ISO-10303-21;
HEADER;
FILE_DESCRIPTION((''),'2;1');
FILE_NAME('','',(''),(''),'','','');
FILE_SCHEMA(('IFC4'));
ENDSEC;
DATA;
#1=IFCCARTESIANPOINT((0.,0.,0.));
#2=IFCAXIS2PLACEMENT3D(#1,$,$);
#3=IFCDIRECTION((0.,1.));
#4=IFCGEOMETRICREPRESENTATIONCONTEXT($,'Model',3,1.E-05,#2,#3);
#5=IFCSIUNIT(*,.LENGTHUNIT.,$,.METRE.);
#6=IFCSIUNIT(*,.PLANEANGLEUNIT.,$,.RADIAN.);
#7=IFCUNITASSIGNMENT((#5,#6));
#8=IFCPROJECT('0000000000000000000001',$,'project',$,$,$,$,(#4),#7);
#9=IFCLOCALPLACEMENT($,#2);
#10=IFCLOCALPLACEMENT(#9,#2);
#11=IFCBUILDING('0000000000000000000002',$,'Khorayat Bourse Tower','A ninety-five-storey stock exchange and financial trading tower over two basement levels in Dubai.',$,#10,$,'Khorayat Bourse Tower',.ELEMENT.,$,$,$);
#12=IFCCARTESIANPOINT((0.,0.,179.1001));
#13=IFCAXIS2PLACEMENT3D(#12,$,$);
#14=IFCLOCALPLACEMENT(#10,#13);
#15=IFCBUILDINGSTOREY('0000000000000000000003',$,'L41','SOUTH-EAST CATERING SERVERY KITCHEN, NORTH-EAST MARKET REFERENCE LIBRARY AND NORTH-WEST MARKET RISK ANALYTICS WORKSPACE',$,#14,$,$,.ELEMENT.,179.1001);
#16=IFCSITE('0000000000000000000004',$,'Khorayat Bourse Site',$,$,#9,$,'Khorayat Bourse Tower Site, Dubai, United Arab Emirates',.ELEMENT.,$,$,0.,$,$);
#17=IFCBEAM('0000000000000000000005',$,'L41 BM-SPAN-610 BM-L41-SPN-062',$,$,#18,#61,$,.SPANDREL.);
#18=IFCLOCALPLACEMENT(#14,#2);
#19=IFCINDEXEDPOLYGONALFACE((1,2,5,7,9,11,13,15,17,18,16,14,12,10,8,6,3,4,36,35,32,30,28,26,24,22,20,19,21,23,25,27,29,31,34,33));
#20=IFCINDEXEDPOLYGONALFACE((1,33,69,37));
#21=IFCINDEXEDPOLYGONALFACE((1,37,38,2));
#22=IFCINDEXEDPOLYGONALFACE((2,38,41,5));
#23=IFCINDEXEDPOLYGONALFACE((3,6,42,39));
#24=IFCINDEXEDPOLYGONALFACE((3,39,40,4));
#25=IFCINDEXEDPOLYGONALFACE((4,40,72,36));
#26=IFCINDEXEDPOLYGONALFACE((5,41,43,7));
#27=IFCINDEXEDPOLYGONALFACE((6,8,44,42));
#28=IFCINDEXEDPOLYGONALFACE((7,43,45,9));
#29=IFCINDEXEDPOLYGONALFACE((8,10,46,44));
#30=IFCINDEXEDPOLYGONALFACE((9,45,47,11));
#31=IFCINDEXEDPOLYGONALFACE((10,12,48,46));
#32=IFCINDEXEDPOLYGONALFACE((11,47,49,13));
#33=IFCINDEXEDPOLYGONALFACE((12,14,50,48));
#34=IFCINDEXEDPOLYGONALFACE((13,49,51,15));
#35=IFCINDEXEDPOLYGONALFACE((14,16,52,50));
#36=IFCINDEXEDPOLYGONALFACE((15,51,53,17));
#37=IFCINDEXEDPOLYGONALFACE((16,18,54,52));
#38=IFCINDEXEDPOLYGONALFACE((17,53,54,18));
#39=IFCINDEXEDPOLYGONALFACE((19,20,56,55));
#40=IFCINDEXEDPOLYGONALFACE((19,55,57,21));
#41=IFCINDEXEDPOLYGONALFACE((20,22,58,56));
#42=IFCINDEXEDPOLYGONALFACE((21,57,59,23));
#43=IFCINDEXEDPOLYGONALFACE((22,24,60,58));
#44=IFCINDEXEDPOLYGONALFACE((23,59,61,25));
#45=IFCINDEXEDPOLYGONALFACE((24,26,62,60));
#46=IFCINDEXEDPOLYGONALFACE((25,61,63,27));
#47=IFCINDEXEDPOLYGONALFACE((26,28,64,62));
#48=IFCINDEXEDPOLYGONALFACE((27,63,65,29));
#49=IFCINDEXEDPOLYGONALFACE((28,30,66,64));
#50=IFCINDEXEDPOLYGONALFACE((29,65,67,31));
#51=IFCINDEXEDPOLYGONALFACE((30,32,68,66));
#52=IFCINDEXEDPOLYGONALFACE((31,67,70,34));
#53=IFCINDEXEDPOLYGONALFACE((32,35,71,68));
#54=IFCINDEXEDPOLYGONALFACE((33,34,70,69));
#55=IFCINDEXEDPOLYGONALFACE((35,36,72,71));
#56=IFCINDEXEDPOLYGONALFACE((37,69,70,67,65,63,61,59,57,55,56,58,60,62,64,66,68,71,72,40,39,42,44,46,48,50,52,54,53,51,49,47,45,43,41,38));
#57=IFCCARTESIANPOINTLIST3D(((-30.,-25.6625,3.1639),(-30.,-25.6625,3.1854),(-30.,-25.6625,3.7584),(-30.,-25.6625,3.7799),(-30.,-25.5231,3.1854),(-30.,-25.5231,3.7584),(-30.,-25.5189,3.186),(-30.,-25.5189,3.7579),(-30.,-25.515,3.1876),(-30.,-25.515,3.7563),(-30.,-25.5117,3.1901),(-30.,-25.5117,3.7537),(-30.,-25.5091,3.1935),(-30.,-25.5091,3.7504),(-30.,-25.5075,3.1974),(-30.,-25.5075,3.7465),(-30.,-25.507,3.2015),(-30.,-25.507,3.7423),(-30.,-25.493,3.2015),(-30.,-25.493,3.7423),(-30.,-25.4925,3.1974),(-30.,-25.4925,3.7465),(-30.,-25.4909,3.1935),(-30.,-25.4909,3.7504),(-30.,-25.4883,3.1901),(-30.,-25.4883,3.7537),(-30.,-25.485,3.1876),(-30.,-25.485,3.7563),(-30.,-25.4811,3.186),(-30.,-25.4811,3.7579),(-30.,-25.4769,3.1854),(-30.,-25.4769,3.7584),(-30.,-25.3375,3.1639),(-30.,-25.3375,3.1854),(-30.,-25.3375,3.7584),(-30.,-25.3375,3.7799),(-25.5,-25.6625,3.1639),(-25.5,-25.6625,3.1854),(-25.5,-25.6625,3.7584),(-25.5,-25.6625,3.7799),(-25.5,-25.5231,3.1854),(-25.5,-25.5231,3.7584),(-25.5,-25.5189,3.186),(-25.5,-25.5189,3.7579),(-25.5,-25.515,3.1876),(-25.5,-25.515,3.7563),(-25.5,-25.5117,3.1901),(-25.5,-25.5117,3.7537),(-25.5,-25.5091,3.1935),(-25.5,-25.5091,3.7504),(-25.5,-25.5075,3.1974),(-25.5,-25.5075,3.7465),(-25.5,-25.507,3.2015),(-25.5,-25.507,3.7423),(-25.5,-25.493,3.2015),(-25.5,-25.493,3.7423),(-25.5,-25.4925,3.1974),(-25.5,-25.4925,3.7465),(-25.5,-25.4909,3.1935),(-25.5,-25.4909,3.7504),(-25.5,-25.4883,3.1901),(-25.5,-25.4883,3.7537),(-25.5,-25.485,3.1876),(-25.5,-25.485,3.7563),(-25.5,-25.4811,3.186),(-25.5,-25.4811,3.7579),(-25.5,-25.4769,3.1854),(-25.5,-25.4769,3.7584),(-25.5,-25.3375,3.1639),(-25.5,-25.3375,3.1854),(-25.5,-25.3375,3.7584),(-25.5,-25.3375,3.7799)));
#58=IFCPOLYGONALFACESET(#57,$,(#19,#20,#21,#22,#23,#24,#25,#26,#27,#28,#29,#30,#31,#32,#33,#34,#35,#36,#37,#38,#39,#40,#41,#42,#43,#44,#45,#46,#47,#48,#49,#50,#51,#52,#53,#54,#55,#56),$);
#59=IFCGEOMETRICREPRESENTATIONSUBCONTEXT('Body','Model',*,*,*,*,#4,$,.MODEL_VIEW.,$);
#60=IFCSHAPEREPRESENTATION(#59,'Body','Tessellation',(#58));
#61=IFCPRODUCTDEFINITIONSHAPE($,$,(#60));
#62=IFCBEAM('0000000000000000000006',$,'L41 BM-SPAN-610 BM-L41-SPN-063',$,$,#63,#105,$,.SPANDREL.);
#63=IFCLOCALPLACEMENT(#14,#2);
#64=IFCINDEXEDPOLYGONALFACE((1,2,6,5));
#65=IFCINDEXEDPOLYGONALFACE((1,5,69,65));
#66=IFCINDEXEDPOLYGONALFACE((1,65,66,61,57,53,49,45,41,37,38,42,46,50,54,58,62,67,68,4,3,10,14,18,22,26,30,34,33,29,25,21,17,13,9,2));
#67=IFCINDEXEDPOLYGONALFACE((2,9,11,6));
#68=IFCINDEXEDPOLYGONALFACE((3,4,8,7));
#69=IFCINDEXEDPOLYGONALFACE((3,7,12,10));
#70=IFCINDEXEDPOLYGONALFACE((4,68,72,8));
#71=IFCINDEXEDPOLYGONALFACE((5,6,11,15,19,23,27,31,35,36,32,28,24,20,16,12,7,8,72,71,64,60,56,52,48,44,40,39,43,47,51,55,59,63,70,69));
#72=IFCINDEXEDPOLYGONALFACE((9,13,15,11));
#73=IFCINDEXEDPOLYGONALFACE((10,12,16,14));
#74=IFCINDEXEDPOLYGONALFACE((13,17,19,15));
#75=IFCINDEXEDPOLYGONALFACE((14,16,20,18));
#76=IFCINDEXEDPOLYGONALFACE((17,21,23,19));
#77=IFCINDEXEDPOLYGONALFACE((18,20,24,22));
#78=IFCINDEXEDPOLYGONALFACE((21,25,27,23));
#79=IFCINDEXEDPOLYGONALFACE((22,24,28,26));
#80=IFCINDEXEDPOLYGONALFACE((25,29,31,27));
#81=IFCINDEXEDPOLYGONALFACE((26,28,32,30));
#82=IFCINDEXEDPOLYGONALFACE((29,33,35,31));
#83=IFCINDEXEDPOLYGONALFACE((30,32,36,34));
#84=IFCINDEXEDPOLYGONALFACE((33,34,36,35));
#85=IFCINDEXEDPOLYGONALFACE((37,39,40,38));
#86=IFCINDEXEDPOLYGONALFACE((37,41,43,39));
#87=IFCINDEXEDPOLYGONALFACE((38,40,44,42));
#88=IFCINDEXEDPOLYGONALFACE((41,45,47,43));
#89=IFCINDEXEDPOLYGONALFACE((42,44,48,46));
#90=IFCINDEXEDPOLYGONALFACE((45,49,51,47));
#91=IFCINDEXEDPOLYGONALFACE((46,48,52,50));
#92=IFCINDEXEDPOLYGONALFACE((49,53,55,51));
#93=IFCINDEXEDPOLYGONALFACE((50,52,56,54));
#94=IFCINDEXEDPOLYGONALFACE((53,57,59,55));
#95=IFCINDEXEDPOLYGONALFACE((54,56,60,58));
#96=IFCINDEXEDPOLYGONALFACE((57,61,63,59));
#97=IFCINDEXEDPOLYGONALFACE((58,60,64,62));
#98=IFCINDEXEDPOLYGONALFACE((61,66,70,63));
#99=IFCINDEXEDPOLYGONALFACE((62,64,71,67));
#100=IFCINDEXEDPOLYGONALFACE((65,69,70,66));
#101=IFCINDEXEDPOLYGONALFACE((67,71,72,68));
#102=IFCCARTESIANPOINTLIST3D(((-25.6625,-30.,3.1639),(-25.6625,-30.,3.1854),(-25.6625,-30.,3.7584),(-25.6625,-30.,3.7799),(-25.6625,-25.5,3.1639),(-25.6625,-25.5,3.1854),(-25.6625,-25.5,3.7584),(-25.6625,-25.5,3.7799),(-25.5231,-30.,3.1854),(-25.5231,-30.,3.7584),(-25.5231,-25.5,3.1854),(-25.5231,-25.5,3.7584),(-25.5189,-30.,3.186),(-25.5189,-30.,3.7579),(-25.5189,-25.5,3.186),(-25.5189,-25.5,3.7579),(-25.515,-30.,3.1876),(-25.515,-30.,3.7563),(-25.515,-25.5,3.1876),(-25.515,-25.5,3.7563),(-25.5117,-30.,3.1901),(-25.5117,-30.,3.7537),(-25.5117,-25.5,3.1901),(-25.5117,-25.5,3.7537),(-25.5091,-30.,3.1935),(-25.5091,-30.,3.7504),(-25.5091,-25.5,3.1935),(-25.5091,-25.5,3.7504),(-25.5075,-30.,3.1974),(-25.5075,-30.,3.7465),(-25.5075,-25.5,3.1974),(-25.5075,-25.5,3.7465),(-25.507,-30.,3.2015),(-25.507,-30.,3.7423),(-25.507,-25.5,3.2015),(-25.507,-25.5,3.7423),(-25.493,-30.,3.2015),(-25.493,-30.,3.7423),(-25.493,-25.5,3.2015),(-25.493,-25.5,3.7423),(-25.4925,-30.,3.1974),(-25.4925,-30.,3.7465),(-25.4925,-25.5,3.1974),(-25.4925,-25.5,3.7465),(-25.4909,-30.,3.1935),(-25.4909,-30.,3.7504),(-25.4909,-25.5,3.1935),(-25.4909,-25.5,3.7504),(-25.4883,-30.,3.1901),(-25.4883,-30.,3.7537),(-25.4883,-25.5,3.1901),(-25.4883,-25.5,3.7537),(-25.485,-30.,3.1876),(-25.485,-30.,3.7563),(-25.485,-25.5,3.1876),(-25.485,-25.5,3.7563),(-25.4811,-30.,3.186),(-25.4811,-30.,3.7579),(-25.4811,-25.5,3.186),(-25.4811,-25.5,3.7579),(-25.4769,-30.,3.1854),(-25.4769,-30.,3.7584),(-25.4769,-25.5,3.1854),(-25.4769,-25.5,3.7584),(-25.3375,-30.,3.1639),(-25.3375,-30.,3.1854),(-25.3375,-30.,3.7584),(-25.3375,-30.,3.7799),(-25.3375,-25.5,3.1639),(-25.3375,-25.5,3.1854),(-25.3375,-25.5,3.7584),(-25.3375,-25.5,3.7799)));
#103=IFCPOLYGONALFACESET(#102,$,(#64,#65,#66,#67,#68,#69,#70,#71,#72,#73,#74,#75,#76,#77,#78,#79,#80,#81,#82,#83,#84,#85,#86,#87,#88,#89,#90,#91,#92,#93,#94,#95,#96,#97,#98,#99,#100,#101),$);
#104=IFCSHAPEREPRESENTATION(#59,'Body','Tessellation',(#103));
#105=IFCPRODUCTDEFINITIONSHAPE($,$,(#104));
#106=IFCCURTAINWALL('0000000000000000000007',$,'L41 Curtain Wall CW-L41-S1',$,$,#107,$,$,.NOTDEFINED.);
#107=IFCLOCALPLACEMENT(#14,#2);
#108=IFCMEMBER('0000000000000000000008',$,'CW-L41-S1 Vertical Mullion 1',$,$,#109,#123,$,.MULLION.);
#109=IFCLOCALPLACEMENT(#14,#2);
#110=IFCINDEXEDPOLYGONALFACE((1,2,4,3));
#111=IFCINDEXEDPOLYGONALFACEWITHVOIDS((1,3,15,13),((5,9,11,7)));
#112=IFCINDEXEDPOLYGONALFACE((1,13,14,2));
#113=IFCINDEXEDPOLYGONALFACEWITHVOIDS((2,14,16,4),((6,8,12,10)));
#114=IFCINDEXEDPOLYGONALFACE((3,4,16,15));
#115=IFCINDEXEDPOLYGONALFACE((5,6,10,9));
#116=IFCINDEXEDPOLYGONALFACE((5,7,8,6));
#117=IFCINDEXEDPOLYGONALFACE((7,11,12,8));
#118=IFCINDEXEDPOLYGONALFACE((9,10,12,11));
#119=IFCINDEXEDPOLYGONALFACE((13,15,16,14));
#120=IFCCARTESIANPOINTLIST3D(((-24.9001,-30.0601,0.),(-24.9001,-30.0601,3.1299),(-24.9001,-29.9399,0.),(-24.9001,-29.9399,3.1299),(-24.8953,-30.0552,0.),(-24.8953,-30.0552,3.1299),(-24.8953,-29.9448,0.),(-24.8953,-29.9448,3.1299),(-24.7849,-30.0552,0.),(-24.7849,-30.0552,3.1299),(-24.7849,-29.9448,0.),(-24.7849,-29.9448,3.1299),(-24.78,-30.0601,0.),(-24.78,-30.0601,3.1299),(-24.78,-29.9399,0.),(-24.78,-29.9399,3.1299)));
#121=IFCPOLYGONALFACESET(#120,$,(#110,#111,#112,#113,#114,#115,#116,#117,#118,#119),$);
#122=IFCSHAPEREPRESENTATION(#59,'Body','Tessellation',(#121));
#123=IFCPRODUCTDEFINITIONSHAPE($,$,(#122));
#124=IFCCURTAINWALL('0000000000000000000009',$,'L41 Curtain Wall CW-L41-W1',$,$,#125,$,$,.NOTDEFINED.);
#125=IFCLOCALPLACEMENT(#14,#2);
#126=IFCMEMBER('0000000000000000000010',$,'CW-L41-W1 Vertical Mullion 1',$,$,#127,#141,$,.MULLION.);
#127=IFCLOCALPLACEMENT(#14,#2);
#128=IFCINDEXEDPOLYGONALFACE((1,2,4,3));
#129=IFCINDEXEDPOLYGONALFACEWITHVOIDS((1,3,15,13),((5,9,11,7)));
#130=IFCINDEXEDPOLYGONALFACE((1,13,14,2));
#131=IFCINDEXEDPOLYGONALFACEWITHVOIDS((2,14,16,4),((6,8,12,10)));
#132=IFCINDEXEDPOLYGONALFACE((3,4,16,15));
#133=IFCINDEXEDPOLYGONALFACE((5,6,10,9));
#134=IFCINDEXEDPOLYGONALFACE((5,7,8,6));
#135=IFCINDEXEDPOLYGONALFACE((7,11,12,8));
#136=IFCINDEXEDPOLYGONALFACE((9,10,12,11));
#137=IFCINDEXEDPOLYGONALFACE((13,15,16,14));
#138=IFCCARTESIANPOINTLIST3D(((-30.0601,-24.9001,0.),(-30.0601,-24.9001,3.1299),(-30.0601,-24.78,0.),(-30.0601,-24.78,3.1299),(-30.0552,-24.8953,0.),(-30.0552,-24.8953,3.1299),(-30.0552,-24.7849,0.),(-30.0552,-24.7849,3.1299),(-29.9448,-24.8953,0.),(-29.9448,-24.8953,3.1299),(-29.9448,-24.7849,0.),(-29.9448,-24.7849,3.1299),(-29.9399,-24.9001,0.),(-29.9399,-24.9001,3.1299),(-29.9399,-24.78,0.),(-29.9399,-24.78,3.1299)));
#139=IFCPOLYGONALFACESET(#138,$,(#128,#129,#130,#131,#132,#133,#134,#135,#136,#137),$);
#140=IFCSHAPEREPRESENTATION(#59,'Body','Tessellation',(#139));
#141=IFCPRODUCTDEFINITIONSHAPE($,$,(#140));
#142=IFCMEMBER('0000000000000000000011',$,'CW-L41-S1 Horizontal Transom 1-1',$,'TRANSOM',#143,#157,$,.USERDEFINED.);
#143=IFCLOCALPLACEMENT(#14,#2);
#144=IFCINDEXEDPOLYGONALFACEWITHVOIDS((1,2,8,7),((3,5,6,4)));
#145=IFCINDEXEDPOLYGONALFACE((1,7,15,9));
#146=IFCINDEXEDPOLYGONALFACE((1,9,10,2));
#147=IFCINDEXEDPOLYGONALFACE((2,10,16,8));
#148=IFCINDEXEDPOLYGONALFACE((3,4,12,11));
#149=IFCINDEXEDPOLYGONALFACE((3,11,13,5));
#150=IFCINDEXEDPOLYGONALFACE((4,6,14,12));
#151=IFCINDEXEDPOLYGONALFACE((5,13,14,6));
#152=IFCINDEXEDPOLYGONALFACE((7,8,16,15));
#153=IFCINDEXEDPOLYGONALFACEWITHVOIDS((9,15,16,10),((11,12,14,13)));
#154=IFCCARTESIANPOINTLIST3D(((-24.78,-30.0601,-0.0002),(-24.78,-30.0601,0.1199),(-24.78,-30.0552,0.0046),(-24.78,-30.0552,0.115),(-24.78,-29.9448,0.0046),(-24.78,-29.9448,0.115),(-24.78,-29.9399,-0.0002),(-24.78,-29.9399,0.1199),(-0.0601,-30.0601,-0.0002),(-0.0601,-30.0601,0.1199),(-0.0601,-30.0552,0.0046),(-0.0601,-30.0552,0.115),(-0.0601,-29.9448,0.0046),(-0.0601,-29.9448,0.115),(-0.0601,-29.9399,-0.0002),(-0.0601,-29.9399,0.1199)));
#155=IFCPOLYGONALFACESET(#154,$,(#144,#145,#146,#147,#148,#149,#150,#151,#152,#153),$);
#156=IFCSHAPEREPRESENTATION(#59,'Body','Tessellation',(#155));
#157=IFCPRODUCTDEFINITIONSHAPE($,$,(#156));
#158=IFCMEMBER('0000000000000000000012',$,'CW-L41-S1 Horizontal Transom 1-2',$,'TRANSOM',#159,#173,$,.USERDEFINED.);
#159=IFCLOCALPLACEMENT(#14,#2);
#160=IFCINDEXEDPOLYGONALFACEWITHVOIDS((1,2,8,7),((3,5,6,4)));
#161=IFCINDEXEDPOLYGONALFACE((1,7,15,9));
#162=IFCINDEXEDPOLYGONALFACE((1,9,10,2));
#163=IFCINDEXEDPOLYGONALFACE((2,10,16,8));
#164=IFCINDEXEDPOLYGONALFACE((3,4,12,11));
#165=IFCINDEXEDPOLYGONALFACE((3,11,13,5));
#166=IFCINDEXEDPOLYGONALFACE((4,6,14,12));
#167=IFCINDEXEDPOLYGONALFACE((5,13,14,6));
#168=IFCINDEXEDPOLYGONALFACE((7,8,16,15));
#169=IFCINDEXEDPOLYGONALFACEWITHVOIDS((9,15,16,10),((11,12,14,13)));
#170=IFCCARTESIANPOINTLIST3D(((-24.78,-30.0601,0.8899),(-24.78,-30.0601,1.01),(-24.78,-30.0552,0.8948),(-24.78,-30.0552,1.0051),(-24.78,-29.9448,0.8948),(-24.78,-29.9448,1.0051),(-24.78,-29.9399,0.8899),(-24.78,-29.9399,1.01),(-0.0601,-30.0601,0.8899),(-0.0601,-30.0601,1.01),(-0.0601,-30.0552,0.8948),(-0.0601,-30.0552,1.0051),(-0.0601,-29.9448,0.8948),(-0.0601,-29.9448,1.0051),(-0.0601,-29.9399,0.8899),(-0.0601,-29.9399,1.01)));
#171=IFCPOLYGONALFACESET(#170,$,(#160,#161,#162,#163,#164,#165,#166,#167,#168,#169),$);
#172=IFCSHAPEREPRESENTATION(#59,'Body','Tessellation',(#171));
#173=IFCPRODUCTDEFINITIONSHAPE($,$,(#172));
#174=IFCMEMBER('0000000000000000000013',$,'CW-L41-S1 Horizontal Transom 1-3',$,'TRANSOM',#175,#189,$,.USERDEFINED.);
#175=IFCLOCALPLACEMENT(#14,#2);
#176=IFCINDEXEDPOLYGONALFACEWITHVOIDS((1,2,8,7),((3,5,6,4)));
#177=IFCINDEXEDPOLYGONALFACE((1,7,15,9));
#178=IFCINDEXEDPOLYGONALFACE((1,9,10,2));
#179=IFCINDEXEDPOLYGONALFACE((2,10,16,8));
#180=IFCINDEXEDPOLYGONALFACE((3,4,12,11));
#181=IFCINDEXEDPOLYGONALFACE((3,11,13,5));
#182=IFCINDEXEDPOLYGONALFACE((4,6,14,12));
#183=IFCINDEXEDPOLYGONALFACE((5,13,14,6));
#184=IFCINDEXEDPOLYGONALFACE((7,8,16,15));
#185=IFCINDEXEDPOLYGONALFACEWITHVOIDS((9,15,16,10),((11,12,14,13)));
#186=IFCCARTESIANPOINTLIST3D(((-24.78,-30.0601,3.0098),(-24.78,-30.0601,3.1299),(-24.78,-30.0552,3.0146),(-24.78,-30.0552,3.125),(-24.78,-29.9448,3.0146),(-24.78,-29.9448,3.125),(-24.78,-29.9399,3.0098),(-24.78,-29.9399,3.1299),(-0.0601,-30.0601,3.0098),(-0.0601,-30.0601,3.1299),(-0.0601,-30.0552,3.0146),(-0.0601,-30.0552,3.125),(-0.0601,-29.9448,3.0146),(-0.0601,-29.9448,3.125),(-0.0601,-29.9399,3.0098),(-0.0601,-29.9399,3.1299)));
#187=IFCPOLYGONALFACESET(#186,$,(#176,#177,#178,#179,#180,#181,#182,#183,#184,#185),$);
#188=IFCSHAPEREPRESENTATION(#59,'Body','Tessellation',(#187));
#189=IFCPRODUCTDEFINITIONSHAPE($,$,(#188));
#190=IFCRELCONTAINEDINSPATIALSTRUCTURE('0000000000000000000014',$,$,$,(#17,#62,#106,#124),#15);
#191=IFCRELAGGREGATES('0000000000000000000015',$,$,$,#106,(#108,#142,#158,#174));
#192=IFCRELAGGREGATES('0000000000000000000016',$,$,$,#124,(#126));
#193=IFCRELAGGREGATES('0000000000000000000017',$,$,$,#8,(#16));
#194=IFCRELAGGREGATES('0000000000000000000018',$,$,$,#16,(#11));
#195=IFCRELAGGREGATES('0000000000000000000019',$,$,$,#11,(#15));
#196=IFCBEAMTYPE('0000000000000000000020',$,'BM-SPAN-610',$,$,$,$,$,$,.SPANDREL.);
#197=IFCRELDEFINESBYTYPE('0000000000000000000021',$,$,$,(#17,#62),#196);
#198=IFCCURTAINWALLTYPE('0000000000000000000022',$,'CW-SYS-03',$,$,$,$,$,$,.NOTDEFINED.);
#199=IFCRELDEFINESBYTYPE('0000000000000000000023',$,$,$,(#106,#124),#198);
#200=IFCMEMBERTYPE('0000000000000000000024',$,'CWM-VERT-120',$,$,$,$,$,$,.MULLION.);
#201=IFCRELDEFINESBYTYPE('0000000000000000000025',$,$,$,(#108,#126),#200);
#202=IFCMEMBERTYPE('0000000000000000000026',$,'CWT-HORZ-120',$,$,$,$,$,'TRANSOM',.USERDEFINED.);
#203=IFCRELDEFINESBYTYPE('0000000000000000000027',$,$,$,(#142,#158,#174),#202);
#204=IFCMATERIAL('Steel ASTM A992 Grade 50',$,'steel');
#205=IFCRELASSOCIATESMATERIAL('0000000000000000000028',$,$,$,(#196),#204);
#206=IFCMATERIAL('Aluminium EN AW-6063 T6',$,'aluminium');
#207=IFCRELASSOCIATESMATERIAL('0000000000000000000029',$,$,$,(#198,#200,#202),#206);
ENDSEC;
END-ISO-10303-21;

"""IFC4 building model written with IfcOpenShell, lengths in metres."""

from ifc_helpers import new_model, si_unit, direction, frame, origin, origin_2d, place, context, subcontext, project, spatial, hollow_rectangle, i_section, extrude, source, transform, mapped, material, material_profile, profile_set, type_object, element, aggregate, save


model = new_model("IFC4")

# Units and contexts
model_context = context("Model", 3, precision=1e-05, world=origin(), true_north=direction((0.0, 1.0)))
body_context = subcontext(model_context, "Body", "Model", "MODEL_VIEW")
ifc_project = project(units=[si_unit("LENGTHUNIT", "METRE"), si_unit("PLANEANGLEUNIT", "RADIAN")], contexts=[model_context])

# Site, building, storey
site_placement = place(None, origin())
site = spatial("IfcSite", under=ifc_project, at=site_placement, Name="Khorayat Bourse Site", LongName="Khorayat Bourse Tower Site, Dubai, United Arab Emirates", CompositionType="ELEMENT", RefElevation=0.0)
building_placement = place(site_placement, origin())
building = spatial("IfcBuilding", under=site, at=building_placement, Name="Khorayat Bourse Tower", Description="A ninety-five-storey stock exchange and financial trading tower over two basement levels in Dubai.", LongName="Khorayat Bourse Tower", CompositionType="ELEMENT")
storey_placement = place(building_placement, frame((0.0, 0.0, 179.1001)))
storey = spatial("IfcBuildingStorey", under=building, at=storey_placement, Name="L41", Description="SOUTH-EAST CATERING SERVERY KITCHEN, NORTH-EAST MARKET REFERENCE LIBRARY AND NORTH-WEST MARKET RISK ANALYTICS WORKSPACE", CompositionType="ELEMENT", Elevation=179.1001)

# Beams
ifc_material_1 = material(Name="Steel ASTM A992 Grade 50", Category="steel")
ifc_material_profile_1 = material_profile(ifc_material_1, i_section(OverallWidth=0.325, OverallDepth=0.616, WebThickness=0.0139, FlangeThickness=0.0215, FilletRadius=0.0161, at=origin_2d()), Name="W610X174")
ifc_profile_set_1 = profile_set([ifc_material_profile_1], Name="Steel ASTM A992 Grade 50")
beam_type_1 = type_object("IfcBeamType", Name="BM-SPAN-610", PredefinedType="SPANDREL", material=ifc_profile_set_1)
shared_shape_1 = source(origin(), body_context, "Body", "SweptSolid", [
    extrude(i_section(OverallWidth=0.325, OverallDepth=0.616, WebThickness=0.0139, FlangeThickness=0.0215, FilletRadius=0.0161, at=origin_2d()), origin(), (0.0, 0.0, 1.0), 4.5),
])
for number, where, z_axis, x_axis, name in (
    (1, (-30.0, -25.5, 3.4719), (1.0, 0.0, 0.0), (0.0, 1.0, 0.0), "L41 BM-SPAN-610 BM-L41-SPN-062"),
    (2, (-25.5, -30.0, 3.4719), (0.0, 1.0, 0.0), (-1.0, 0.0, 0.0), "L41 BM-SPAN-610 BM-L41-SPN-063"),
):
    element("IfcBeam", number, at=place(storey_placement, frame(where, z_axis=z_axis, x_axis=x_axis)), inside=storey, type_object=beam_type_1, Name=name, PredefinedType="SPANDREL", context=body_context, shape_type="MappedRepresentation", body=[
        mapped(shared_shape_1, transform((0.0, 0.0, 0.0), scale=1.0)),
    ])

# Curtain walls, members
ifc_material_2 = material(Name="Aluminium EN AW-6063 T6", Category="aluminium")
curtain_wall_type = type_object("IfcCurtainWallType", Name="CW-SYS-03", PredefinedType="NOTDEFINED", material=ifc_material_2)
curtain_wall_1_placement = place(storey_placement, origin())
curtain_wall_1 = element("IfcCurtainWall", 3, at=curtain_wall_1_placement, inside=storey, type_object=curtain_wall_type, Name="L41 Curtain Wall CW-L41-S1", PredefinedType="NOTDEFINED")
ifc_material_profile_2 = material_profile(ifc_material_2, hollow_rectangle(XDim=0.1201, YDim=0.1201, WallThickness=0.0049, at=origin_2d()), Name="ALU 120x120x5")
ifc_profile_set_2 = profile_set([ifc_material_profile_2], Name="Aluminium EN AW-6063 T6")
member_type_1 = type_object("IfcMemberType", Name="CWM-VERT-120", PredefinedType="MULLION", material=ifc_profile_set_2)
shared_shape_2 = source(origin(), body_context, "Body", "SweptSolid", [
    extrude(hollow_rectangle(XDim=0.1201, YDim=0.1201, WallThickness=0.0049, at=origin_2d()), origin(), (0.0, 0.0, 1.0), 3.1299),
])
member_1_placement = place(storey_placement, frame((-24.8401, -30.0, 0.0), z_axis=(0.0, 0.0, 1.0), x_axis=(0.0, 1.0, 0.0)))
member_1 = element("IfcMember", 4, at=member_1_placement, type_object=member_type_1, Name="CW-L41-S1 Vertical Mullion 1", PredefinedType="MULLION", context=body_context, shape_type="MappedRepresentation", body=[
    mapped(shared_shape_2, transform((0.0, 0.0, 0.0), scale=1.0)),
])
curtain_wall_2_placement = place(storey_placement, origin())
curtain_wall_2 = element("IfcCurtainWall", 5, at=curtain_wall_2_placement, inside=storey, type_object=curtain_wall_type, Name="L41 Curtain Wall CW-L41-W1", PredefinedType="NOTDEFINED")
member_2_placement = place(storey_placement, frame((-30.0, -24.8401, 0.0), z_axis=(0.0, 0.0, 1.0), x_axis=(-1.0, 0.0, 0.0)))
member_2 = element("IfcMember", 6, at=member_2_placement, type_object=member_type_1, Name="CW-L41-W1 Vertical Mullion 1", PredefinedType="MULLION", context=body_context, shape_type="MappedRepresentation", body=[
    mapped(shared_shape_2, transform((0.0, 0.0, 0.0), scale=1.0)),
])

# Members
ifc_material_profile_3 = material_profile(ifc_material_2, hollow_rectangle(XDim=0.1201, YDim=0.1201, WallThickness=0.0049, at=origin_2d()), Name="ALU 120x120x5")
ifc_profile_set_3 = profile_set([ifc_material_profile_3], Name="Aluminium EN AW-6063 T6")
member_type_2 = type_object("IfcMemberType", Name="CWT-HORZ-120", ElementType="TRANSOM", PredefinedType="USERDEFINED", material=ifc_profile_set_3)
shared_shape_3 = source(origin(), body_context, "Body", "SweptSolid", [
    extrude(hollow_rectangle(XDim=0.1201, YDim=0.1201, WallThickness=0.0049, at=origin_2d()), origin(), (0.0, 0.0, 1.0), 24.72),
])
member_3_placement = place(storey_placement, frame((-24.78, -30.0, 0.0598), z_axis=(1.0, 0.0, 0.0), x_axis=(0.0, 1.0, 0.0)))
member_3 = element("IfcMember", 7, at=member_3_placement, type_object=member_type_2, Name="CW-L41-S1 Horizontal Transom 1-1", ObjectType="TRANSOM", PredefinedType="USERDEFINED", context=body_context, shape_type="MappedRepresentation", body=[
    mapped(shared_shape_3, transform((0.0, 0.0, 0.0), scale=1.0)),
])
member_4_placement = place(storey_placement, frame((-24.78, -30.0, 0.95), z_axis=(1.0, 0.0, 0.0), x_axis=(0.0, 1.0, 0.0)))
member_4 = element("IfcMember", 8, at=member_4_placement, type_object=member_type_2, Name="CW-L41-S1 Horizontal Transom 1-2", ObjectType="TRANSOM", PredefinedType="USERDEFINED", context=body_context, shape_type="MappedRepresentation", body=[
    mapped(shared_shape_3, transform((0.0, 0.0, 0.0), scale=1.0)),
])
member_5_placement = place(storey_placement, frame((-24.78, -30.0, 3.0698), z_axis=(1.0, 0.0, 0.0), x_axis=(0.0, 1.0, 0.0)))
member_5 = element("IfcMember", 9, at=member_5_placement, type_object=member_type_2, Name="CW-L41-S1 Horizontal Transom 1-3", ObjectType="TRANSOM", PredefinedType="USERDEFINED", context=body_context, shape_type="MappedRepresentation", body=[
    mapped(shared_shape_3, transform((0.0, 0.0, 0.0), scale=1.0)),
])
aggregate(curtain_wall_1, [member_1, member_3, member_4, member_5])
aggregate(curtain_wall_2, [member_2])

save(model, "model.ifc")
